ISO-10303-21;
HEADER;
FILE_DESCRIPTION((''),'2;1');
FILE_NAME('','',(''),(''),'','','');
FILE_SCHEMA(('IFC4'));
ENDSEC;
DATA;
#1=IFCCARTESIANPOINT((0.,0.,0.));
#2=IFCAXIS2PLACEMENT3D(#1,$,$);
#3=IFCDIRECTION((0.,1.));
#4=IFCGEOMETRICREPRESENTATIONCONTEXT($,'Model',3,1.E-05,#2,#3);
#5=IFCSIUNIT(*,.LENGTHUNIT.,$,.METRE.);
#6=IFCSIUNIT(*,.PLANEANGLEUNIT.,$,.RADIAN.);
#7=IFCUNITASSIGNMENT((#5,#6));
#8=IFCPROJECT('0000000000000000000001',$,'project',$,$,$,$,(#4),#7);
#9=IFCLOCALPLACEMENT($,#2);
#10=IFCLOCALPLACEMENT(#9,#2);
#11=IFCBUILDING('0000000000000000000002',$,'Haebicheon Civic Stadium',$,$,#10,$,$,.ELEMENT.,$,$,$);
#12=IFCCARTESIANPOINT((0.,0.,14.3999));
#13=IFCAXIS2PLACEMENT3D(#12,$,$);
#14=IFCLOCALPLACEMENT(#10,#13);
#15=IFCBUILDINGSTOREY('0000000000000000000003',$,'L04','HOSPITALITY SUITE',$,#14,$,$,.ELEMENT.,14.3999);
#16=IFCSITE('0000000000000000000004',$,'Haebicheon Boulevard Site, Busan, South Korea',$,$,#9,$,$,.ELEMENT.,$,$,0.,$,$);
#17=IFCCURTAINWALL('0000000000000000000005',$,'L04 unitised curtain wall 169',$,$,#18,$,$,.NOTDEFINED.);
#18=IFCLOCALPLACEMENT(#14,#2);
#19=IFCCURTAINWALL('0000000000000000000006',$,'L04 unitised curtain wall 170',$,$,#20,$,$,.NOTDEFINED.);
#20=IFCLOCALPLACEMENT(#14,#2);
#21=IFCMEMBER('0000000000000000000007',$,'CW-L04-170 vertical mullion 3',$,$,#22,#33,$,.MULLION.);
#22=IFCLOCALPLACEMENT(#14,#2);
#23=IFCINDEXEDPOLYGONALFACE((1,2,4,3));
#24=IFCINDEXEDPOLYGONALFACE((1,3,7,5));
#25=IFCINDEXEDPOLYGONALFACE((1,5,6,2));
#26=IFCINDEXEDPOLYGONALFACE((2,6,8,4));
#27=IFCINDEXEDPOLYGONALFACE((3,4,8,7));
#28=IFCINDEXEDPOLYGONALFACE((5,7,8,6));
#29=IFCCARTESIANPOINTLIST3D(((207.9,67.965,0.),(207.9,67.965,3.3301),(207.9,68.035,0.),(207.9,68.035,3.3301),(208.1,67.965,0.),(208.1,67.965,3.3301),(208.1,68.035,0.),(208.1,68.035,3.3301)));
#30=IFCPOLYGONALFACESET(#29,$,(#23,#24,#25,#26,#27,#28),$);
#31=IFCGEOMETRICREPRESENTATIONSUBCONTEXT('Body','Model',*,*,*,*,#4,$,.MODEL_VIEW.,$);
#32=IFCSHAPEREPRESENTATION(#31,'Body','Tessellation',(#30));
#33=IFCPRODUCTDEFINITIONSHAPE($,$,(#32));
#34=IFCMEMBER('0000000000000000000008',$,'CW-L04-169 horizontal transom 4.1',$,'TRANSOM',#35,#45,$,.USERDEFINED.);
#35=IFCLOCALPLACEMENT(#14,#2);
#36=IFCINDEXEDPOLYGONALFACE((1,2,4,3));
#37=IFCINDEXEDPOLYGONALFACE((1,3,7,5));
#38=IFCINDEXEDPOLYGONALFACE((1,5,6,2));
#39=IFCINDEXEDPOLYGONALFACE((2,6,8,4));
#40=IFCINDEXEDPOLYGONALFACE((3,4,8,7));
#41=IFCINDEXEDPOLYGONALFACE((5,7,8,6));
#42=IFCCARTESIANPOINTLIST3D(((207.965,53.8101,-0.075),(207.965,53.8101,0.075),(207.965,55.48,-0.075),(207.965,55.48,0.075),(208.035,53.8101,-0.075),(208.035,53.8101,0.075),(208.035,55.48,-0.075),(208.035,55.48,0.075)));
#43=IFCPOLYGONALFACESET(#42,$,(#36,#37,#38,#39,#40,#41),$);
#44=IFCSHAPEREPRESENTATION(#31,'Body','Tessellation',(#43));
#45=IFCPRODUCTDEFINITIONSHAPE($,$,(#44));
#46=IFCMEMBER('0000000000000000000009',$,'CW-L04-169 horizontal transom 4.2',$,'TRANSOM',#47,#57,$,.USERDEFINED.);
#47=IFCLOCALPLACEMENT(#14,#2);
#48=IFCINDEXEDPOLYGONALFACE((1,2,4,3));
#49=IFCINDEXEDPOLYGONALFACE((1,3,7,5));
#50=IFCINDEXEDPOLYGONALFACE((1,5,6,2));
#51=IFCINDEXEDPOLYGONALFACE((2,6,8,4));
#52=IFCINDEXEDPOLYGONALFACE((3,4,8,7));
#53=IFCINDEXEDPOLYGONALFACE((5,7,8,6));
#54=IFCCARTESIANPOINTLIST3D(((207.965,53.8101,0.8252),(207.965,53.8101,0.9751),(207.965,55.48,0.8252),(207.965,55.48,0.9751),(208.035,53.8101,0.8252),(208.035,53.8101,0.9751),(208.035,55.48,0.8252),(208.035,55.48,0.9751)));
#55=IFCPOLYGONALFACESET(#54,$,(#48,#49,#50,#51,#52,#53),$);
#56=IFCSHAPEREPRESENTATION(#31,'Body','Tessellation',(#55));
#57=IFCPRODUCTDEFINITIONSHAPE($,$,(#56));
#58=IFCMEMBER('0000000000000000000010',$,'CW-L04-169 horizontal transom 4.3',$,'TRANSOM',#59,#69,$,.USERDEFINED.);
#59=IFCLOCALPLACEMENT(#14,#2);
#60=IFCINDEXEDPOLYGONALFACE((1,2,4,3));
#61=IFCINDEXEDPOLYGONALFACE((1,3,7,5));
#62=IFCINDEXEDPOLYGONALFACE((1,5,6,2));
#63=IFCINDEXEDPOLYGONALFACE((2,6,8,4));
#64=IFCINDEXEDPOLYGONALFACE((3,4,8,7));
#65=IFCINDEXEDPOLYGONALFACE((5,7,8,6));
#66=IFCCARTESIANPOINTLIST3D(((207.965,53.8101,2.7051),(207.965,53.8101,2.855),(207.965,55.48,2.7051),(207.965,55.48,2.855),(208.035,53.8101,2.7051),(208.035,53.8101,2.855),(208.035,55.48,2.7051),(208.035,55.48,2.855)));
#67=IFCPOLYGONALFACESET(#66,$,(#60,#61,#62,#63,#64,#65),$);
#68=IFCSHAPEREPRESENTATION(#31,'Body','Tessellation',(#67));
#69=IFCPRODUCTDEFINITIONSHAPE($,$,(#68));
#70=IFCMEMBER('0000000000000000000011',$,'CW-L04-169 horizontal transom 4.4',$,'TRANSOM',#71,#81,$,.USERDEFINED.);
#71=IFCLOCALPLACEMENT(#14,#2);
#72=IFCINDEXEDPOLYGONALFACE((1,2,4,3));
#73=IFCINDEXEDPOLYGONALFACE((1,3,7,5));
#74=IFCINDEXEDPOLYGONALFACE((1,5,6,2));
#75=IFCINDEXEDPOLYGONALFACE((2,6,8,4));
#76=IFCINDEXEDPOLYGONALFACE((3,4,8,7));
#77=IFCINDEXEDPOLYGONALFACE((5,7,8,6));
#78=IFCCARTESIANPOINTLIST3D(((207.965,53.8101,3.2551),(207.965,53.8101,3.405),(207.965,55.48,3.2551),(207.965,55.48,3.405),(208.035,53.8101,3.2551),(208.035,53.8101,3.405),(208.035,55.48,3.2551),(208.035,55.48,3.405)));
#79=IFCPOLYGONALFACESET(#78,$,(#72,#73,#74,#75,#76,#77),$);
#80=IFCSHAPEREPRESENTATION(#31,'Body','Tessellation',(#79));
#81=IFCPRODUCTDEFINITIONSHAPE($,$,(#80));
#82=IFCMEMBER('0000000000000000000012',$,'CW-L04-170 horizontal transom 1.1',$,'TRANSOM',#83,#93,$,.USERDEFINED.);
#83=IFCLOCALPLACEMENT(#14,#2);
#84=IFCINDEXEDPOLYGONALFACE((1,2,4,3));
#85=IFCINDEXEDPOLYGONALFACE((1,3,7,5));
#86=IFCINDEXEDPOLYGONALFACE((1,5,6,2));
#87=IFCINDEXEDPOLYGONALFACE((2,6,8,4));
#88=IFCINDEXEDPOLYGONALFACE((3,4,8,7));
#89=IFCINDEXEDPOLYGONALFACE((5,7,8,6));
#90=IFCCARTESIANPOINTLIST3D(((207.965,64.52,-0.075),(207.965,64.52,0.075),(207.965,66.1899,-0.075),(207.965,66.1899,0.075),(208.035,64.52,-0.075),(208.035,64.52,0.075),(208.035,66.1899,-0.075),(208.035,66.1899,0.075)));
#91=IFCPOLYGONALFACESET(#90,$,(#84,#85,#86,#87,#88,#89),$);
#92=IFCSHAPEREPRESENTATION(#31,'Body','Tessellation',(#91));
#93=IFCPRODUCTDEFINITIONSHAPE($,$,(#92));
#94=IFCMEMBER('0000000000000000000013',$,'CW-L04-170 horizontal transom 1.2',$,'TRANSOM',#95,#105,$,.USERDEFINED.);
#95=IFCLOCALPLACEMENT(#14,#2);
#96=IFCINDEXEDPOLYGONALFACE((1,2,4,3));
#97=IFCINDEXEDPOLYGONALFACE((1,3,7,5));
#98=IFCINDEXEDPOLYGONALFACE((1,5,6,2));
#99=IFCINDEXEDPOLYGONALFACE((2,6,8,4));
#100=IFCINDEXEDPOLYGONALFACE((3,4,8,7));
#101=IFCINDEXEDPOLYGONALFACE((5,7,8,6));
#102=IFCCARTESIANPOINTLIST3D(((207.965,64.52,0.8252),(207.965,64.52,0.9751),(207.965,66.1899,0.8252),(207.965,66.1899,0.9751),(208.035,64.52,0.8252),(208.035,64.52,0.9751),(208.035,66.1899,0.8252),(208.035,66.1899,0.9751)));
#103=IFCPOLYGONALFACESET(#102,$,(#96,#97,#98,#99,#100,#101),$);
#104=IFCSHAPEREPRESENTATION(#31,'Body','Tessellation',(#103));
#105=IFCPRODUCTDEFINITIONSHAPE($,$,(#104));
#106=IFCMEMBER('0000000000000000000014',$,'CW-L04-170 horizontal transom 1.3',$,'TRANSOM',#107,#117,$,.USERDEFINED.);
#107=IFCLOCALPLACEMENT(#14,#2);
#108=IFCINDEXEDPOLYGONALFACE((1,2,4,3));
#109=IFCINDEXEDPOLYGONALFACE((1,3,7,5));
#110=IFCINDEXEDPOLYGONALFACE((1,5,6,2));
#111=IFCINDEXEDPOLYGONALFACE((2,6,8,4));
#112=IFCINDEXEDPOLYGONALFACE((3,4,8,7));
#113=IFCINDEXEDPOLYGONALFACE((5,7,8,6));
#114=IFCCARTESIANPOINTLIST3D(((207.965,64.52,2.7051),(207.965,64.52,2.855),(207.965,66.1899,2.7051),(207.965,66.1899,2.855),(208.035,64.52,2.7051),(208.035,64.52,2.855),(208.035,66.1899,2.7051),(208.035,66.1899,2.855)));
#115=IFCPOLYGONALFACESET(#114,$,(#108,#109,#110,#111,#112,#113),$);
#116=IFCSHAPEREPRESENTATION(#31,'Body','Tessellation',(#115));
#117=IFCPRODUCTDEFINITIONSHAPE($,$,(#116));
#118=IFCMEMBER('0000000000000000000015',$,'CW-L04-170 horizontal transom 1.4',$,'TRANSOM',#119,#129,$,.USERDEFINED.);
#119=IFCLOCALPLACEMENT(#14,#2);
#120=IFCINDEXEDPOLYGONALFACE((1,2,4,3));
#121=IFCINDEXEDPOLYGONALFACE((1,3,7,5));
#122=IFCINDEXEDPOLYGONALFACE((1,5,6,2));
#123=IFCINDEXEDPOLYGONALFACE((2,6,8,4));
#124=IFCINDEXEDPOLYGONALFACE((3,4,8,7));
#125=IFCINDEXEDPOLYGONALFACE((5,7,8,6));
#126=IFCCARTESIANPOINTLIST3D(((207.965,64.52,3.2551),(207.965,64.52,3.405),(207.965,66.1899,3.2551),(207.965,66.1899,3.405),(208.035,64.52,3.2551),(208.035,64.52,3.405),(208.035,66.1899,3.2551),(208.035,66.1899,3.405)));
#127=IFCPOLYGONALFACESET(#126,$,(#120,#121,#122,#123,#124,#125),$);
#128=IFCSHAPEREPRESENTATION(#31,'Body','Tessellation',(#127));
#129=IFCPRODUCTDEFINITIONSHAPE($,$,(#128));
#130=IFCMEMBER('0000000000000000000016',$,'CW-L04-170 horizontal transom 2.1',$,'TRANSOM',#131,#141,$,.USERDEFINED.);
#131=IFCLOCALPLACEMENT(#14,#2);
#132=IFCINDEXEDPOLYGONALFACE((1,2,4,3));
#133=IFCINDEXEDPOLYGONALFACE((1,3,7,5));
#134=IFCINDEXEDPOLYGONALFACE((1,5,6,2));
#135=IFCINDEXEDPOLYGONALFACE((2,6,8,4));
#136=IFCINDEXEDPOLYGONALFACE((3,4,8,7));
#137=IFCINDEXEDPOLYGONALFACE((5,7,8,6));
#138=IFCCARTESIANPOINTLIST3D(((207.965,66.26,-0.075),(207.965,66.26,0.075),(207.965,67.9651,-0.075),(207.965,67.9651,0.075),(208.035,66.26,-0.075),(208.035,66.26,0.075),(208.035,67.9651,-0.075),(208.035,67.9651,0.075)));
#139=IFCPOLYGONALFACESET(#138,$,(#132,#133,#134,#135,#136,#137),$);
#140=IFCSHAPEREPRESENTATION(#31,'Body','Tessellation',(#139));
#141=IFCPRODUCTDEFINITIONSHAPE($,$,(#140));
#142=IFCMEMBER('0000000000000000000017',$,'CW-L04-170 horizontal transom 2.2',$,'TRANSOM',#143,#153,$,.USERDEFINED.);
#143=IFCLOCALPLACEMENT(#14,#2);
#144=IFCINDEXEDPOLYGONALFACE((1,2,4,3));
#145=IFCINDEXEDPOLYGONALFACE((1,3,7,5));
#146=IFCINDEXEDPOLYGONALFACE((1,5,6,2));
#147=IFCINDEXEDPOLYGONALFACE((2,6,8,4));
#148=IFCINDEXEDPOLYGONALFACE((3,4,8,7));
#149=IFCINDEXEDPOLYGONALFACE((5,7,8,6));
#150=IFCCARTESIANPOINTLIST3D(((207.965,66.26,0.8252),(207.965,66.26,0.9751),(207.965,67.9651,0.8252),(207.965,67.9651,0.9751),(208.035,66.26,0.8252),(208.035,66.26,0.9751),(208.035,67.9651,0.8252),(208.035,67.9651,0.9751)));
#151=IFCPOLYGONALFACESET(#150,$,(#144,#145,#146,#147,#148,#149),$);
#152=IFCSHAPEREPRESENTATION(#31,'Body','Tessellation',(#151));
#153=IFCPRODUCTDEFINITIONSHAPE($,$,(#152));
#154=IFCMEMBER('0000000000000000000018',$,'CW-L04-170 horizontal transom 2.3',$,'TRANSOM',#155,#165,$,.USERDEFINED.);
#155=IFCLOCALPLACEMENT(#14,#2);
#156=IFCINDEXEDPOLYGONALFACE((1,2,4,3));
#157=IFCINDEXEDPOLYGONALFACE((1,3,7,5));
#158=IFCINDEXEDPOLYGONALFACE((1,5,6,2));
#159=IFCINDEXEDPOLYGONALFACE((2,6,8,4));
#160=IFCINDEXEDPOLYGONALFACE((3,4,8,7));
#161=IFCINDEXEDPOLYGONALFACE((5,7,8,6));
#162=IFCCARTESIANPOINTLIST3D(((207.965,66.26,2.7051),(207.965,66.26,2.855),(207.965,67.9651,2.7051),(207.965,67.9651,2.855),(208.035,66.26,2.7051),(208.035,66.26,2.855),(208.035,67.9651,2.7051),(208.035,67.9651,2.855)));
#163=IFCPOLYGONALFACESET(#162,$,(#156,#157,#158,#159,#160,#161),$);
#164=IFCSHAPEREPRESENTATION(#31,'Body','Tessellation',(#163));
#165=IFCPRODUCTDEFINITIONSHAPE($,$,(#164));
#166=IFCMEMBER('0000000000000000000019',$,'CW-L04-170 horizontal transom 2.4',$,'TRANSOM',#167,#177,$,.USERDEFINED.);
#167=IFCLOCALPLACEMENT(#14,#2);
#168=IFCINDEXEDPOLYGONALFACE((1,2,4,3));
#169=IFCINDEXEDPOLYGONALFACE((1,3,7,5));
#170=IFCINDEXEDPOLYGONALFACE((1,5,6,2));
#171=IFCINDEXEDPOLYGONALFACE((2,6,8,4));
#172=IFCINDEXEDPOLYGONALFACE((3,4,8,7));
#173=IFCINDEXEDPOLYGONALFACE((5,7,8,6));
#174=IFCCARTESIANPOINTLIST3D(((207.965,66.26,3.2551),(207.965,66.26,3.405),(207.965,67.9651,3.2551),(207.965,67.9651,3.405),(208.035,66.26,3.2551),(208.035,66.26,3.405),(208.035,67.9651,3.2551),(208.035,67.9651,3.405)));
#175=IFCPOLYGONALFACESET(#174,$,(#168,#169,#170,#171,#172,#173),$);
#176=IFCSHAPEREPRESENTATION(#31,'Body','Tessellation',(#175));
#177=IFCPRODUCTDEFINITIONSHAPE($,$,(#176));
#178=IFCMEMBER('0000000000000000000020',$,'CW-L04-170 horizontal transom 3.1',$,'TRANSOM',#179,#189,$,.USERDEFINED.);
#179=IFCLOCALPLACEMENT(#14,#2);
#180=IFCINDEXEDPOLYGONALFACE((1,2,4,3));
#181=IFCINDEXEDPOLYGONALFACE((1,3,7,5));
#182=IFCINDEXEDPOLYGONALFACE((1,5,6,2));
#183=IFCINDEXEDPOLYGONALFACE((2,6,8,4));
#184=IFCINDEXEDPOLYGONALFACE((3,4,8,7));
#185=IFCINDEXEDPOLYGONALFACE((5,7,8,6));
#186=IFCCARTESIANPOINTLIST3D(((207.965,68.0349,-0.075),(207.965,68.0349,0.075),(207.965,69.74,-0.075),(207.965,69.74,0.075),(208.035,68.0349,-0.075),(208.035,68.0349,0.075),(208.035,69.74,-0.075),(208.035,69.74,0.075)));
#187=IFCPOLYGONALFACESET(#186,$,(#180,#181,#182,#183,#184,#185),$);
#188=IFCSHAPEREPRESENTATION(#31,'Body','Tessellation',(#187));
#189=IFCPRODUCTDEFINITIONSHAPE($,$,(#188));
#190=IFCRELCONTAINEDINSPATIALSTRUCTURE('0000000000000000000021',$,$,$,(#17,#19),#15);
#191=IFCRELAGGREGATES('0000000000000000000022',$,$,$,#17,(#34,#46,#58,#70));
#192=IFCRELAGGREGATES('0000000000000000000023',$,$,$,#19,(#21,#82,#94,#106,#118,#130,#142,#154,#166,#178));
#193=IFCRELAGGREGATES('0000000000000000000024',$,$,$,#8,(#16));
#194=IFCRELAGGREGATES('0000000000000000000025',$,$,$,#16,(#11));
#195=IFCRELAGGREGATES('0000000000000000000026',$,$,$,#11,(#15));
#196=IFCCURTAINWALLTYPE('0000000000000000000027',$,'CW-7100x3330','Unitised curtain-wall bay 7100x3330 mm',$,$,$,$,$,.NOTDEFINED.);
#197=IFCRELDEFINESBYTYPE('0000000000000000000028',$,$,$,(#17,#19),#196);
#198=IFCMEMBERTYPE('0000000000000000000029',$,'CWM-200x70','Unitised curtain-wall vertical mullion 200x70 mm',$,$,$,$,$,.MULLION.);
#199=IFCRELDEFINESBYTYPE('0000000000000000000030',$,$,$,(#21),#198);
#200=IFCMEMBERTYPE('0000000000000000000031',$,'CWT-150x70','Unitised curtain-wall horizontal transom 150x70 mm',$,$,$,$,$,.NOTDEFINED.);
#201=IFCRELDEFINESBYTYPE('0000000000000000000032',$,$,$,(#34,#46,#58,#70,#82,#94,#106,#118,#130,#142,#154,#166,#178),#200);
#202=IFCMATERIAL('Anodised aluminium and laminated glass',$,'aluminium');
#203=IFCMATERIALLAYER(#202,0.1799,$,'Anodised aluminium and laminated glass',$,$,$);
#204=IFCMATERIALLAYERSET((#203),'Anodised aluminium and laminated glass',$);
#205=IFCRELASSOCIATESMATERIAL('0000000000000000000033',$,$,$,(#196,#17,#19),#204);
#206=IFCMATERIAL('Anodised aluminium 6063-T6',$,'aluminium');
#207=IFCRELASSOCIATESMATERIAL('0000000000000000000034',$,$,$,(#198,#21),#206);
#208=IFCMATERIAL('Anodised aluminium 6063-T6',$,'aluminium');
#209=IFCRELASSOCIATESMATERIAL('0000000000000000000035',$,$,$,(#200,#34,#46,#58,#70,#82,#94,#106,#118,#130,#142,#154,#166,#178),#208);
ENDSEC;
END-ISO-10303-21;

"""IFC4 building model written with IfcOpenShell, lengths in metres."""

from ifc_helpers import new_model, si_unit, direction, frame, origin, origin_2d, place, context, subcontext, project, spatial, rectangle, extrude, material, layer, layer_set, material_profile, profile_set, type_object, element, aggregate, save


model = new_model("IFC4")

# Units and contexts
model_context = context("Model", 3, precision=1e-05, world=origin(), true_north=direction((0.0, 1.0)))
body_context = subcontext(model_context, "Body", "Model", "MODEL_VIEW")
ifc_project = project(units=[si_unit("LENGTHUNIT", "METRE"), si_unit("PLANEANGLEUNIT", "RADIAN")], contexts=[model_context])

# Site, building, storey
site_placement = place(None, origin())
site = spatial("IfcSite", under=ifc_project, at=site_placement, Name="Haebicheon Boulevard Site, Busan, South Korea", CompositionType="ELEMENT", RefElevation=0.0)
building_placement = place(site_placement, origin())
building = spatial("IfcBuilding", under=site, at=building_placement, Name="Haebicheon Civic Stadium", CompositionType="ELEMENT")
storey_placement = place(building_placement, frame((0.0, 0.0, 14.3999)))
storey = spatial("IfcBuildingStorey", under=building, at=storey_placement, Name="L04", Description="HOSPITALITY SUITE", CompositionType="ELEMENT", Elevation=14.3999)

# Curtain walls, member
ifc_material_1 = material(Name="Anodised aluminium and laminated glass", Category="aluminium")
ifc_layer_1 = layer(ifc_material_1, 0.1799, Name="Anodised aluminium and laminated glass")
ifc_layer_set_1 = layer_set([ifc_layer_1], Name="Anodised aluminium and laminated glass")
curtain_wall_type = type_object("IfcCurtainWallType", Name="CW-7100x3330", Description="Unitised curtain-wall bay 7100x3330 mm", PredefinedType="NOTDEFINED", material=ifc_layer_set_1)
curtain_wall_1_placement = place(storey_placement, origin())
curtain_wall_1 = element("IfcCurtainWall", 1, at=curtain_wall_1_placement, inside=storey, type_object=curtain_wall_type, material=ifc_layer_set_1, Name="L04 unitised curtain wall 169", PredefinedType="NOTDEFINED")
ifc_material_2 = material(Name="Anodised aluminium 6063-T6", Category="aluminium")
ifc_material_profile_1 = material_profile(ifc_material_2, rectangle(XDim=0.0701, YDim=0.2, at=origin_2d()), Name="ALU-MULL-70x200")
ifc_profile_set_1 = profile_set([ifc_material_profile_1], Name="Anodised aluminium 6063-T6")
member_type_1 = type_object("IfcMemberType", Name="CWM-200x70", Description="Unitised curtain-wall vertical mullion 200x70 mm", PredefinedType="MULLION", material=ifc_profile_set_1)
curtain_wall_2_placement = place(storey_placement, origin())
curtain_wall_2 = element("IfcCurtainWall", 2, at=curtain_wall_2_placement, inside=storey, type_object=curtain_wall_type, material=ifc_layer_set_1, Name="L04 unitised curtain wall 170", PredefinedType="NOTDEFINED")
member_1_placement = place(storey_placement, frame((208.0, 68.0, 0.0), z_axis=(0.0, 0.0, 1.0), x_axis=(0.0, 1.0, 0.0)))
member_1 = element("IfcMember", 3, at=member_1_placement, type_object=member_type_1, material=ifc_profile_set_1, Name="CW-L04-170 vertical mullion 3", PredefinedType="MULLION", context=body_context, shape_type="SweptSolid", body=[
    extrude(rectangle(XDim=0.0701, YDim=0.2, at=origin_2d()), origin(), (0.0, 0.0, 1.0), 3.3301),
])

# Members
ifc_material_3 = material(Name="Anodised aluminium 6063-T6", Category="aluminium")
ifc_material_profile_2 = material_profile(ifc_material_3, rectangle(XDim=0.0701, YDim=0.1499, at=origin_2d()), Name="ALU-TRAN-70x150")
ifc_profile_set_2 = profile_set([ifc_material_profile_2], Name="Anodised aluminium 6063-T6")
member_type_2 = type_object("IfcMemberType", Name="CWT-150x70", Description="Unitised curtain-wall horizontal transom 150x70 mm", PredefinedType="NOTDEFINED", material=ifc_profile_set_2)
member_2_placement = place(storey_placement, frame((208.0, 53.8101, 0.0), z_axis=(0.0, 1.0, 0.0), x_axis=(-1.0, 0.0, 0.0)))
member_2 = element("IfcMember", 4, at=member_2_placement, type_object=member_type_2, material=ifc_profile_set_2, Name="CW-L04-169 horizontal transom 4.1", ObjectType="TRANSOM", PredefinedType="USERDEFINED", context=body_context, shape_type="SweptSolid", body=[
    extrude(rectangle(XDim=0.0701, YDim=0.1499, at=origin_2d()), origin(), (0.0, 0.0, 1.0), 1.6699),
])
member_3_placement = place(storey_placement, frame((208.0, 53.8101, 0.9001), z_axis=(0.0, 1.0, 0.0), x_axis=(-1.0, 0.0, 0.0)))
member_3 = element("IfcMember", 5, at=member_3_placement, type_object=member_type_2, material=ifc_profile_set_2, Name="CW-L04-169 horizontal transom 4.2", ObjectType="TRANSOM", PredefinedType="USERDEFINED", context=body_context, shape_type="SweptSolid", body=[
    extrude(rectangle(XDim=0.0701, YDim=0.1499, at=origin_2d()), origin(), (0.0, 0.0, 1.0), 1.6699),
])
member_4_placement = place(storey_placement, frame((208.0, 53.8101, 2.78), z_axis=(0.0, 1.0, 0.0), x_axis=(-1.0, 0.0, 0.0)))
member_4 = element("IfcMember", 6, at=member_4_placement, type_object=member_type_2, material=ifc_profile_set_2, Name="CW-L04-169 horizontal transom 4.3", ObjectType="TRANSOM", PredefinedType="USERDEFINED", context=body_context, shape_type="SweptSolid", body=[
    extrude(rectangle(XDim=0.0701, YDim=0.1499, at=origin_2d()), origin(), (0.0, 0.0, 1.0), 1.6699),
])
member_5_placement = place(storey_placement, frame((208.0, 53.8101, 3.3301), z_axis=(0.0, 1.0, 0.0), x_axis=(-1.0, 0.0, 0.0)))
member_5 = element("IfcMember", 7, at=member_5_placement, type_object=member_type_2, material=ifc_profile_set_2, Name="CW-L04-169 horizontal transom 4.4", ObjectType="TRANSOM", PredefinedType="USERDEFINED", context=body_context, shape_type="SweptSolid", body=[
    extrude(rectangle(XDim=0.0701, YDim=0.1499, at=origin_2d()), origin(), (0.0, 0.0, 1.0), 1.6699),
])
member_6_placement = place(storey_placement, frame((208.0, 64.52, 0.0), z_axis=(0.0, 1.0, 0.0), x_axis=(-1.0, 0.0, 0.0)))
member_6 = element("IfcMember", 8, at=member_6_placement, type_object=member_type_2, material=ifc_profile_set_2, Name="CW-L04-170 horizontal transom 1.1", ObjectType="TRANSOM", PredefinedType="USERDEFINED", context=body_context, shape_type="SweptSolid", body=[
    extrude(rectangle(XDim=0.0701, YDim=0.1499, at=origin_2d()), origin(), (0.0, 0.0, 1.0), 1.6699),
])
member_7_placement = place(storey_placement, frame((208.0, 64.52, 0.9001), z_axis=(0.0, 1.0, 0.0), x_axis=(-1.0, 0.0, 0.0)))
member_7 = element("IfcMember", 9, at=member_7_placement, type_object=member_type_2, material=ifc_profile_set_2, Name="CW-L04-170 horizontal transom 1.2", ObjectType="TRANSOM", PredefinedType="USERDEFINED", context=body_context, shape_type="SweptSolid", body=[
    extrude(rectangle(XDim=0.0701, YDim=0.1499, at=origin_2d()), origin(), (0.0, 0.0, 1.0), 1.6699),
])
member_8_placement = place(storey_placement, frame((208.0, 64.52, 2.78), z_axis=(0.0, 1.0, 0.0), x_axis=(-1.0, 0.0, 0.0)))
member_8 = element("IfcMember", 10, at=member_8_placement, type_object=member_type_2, material=ifc_profile_set_2, Name="CW-L04-170 horizontal transom 1.3", ObjectType="TRANSOM", PredefinedType="USERDEFINED", context=body_context, shape_type="SweptSolid", body=[
    extrude(rectangle(XDim=0.0701, YDim=0.1499, at=origin_2d()), origin(), (0.0, 0.0, 1.0), 1.6699),
])
member_9_placement = place(storey_placement, frame((208.0, 64.52, 3.3301), z_axis=(0.0, 1.0, 0.0), x_axis=(-1.0, 0.0, 0.0)))
member_9 = element("IfcMember", 11, at=member_9_placement, type_object=member_type_2, material=ifc_profile_set_2, Name="CW-L04-170 horizontal transom 1.4", ObjectType="TRANSOM", PredefinedType="USERDEFINED", context=body_context, shape_type="SweptSolid", body=[
    extrude(rectangle(XDim=0.0701, YDim=0.1499, at=origin_2d()), origin(), (0.0, 0.0, 1.0), 1.6699),
])
member_10_placement = place(storey_placement, frame((208.0, 66.26, 0.0), z_axis=(0.0, 1.0, 0.0), x_axis=(-1.0, 0.0, 0.0)))
member_10 = element("IfcMember", 12, at=member_10_placement, type_object=member_type_2, material=ifc_profile_set_2, Name="CW-L04-170 horizontal transom 2.1", ObjectType="TRANSOM", PredefinedType="USERDEFINED", context=body_context, shape_type="SweptSolid", body=[
    extrude(rectangle(XDim=0.0701, YDim=0.1499, at=origin_2d()), origin(), (0.0, 0.0, 1.0), 1.7051),
])
member_11_placement = place(storey_placement, frame((208.0, 66.26, 0.9001), z_axis=(0.0, 1.0, 0.0), x_axis=(-1.0, 0.0, 0.0)))
member_11 = element("IfcMember", 13, at=member_11_placement, type_object=member_type_2, material=ifc_profile_set_2, Name="CW-L04-170 horizontal transom 2.2", ObjectType="TRANSOM", PredefinedType="USERDEFINED", context=body_context, shape_type="SweptSolid", body=[
    extrude(rectangle(XDim=0.0701, YDim=0.1499, at=origin_2d()), origin(), (0.0, 0.0, 1.0), 1.7051),
])
member_12_placement = place(storey_placement, frame((208.0, 66.26, 2.78), z_axis=(0.0, 1.0, 0.0), x_axis=(-1.0, 0.0, 0.0)))
member_12 = element("IfcMember", 14, at=member_12_placement, type_object=member_type_2, material=ifc_profile_set_2, Name="CW-L04-170 horizontal transom 2.3", ObjectType="TRANSOM", PredefinedType="USERDEFINED", context=body_context, shape_type="SweptSolid", body=[
    extrude(rectangle(XDim=0.0701, YDim=0.1499, at=origin_2d()), origin(), (0.0, 0.0, 1.0), 1.7051),
])
member_13_placement = place(storey_placement, frame((208.0, 66.26, 3.3301), z_axis=(0.0, 1.0, 0.0), x_axis=(-1.0, 0.0, 0.0)))
member_13 = element("IfcMember", 15, at=member_13_placement, type_object=member_type_2, material=ifc_profile_set_2, Name="CW-L04-170 horizontal transom 2.4", ObjectType="TRANSOM", PredefinedType="USERDEFINED", context=body_context, shape_type="SweptSolid", body=[
    extrude(rectangle(XDim=0.0701, YDim=0.1499, at=origin_2d()), origin(), (0.0, 0.0, 1.0), 1.7051),
])
member_14_placement = place(storey_placement, frame((208.0, 68.0349, 0.0), z_axis=(0.0, 1.0, 0.0), x_axis=(-1.0, 0.0, 0.0)))
member_14 = element("IfcMember", 16, at=member_14_placement, type_object=member_type_2, material=ifc_profile_set_2, Name="CW-L04-170 horizontal transom 3.1", ObjectType="TRANSOM", PredefinedType="USERDEFINED", context=body_context, shape_type="SweptSolid", body=[
    extrude(rectangle(XDim=0.0701, YDim=0.1499, at=origin_2d()), origin(), (0.0, 0.0, 1.0), 1.7051),
])

aggregate(curtain_wall_1, [member_2, member_3, member_4, member_5])
aggregate(curtain_wall_2, [member_1, member_6, member_7, member_8, member_9, member_10, member_11, member_12, member_13, member_14])

save(model, "model.ifc")
